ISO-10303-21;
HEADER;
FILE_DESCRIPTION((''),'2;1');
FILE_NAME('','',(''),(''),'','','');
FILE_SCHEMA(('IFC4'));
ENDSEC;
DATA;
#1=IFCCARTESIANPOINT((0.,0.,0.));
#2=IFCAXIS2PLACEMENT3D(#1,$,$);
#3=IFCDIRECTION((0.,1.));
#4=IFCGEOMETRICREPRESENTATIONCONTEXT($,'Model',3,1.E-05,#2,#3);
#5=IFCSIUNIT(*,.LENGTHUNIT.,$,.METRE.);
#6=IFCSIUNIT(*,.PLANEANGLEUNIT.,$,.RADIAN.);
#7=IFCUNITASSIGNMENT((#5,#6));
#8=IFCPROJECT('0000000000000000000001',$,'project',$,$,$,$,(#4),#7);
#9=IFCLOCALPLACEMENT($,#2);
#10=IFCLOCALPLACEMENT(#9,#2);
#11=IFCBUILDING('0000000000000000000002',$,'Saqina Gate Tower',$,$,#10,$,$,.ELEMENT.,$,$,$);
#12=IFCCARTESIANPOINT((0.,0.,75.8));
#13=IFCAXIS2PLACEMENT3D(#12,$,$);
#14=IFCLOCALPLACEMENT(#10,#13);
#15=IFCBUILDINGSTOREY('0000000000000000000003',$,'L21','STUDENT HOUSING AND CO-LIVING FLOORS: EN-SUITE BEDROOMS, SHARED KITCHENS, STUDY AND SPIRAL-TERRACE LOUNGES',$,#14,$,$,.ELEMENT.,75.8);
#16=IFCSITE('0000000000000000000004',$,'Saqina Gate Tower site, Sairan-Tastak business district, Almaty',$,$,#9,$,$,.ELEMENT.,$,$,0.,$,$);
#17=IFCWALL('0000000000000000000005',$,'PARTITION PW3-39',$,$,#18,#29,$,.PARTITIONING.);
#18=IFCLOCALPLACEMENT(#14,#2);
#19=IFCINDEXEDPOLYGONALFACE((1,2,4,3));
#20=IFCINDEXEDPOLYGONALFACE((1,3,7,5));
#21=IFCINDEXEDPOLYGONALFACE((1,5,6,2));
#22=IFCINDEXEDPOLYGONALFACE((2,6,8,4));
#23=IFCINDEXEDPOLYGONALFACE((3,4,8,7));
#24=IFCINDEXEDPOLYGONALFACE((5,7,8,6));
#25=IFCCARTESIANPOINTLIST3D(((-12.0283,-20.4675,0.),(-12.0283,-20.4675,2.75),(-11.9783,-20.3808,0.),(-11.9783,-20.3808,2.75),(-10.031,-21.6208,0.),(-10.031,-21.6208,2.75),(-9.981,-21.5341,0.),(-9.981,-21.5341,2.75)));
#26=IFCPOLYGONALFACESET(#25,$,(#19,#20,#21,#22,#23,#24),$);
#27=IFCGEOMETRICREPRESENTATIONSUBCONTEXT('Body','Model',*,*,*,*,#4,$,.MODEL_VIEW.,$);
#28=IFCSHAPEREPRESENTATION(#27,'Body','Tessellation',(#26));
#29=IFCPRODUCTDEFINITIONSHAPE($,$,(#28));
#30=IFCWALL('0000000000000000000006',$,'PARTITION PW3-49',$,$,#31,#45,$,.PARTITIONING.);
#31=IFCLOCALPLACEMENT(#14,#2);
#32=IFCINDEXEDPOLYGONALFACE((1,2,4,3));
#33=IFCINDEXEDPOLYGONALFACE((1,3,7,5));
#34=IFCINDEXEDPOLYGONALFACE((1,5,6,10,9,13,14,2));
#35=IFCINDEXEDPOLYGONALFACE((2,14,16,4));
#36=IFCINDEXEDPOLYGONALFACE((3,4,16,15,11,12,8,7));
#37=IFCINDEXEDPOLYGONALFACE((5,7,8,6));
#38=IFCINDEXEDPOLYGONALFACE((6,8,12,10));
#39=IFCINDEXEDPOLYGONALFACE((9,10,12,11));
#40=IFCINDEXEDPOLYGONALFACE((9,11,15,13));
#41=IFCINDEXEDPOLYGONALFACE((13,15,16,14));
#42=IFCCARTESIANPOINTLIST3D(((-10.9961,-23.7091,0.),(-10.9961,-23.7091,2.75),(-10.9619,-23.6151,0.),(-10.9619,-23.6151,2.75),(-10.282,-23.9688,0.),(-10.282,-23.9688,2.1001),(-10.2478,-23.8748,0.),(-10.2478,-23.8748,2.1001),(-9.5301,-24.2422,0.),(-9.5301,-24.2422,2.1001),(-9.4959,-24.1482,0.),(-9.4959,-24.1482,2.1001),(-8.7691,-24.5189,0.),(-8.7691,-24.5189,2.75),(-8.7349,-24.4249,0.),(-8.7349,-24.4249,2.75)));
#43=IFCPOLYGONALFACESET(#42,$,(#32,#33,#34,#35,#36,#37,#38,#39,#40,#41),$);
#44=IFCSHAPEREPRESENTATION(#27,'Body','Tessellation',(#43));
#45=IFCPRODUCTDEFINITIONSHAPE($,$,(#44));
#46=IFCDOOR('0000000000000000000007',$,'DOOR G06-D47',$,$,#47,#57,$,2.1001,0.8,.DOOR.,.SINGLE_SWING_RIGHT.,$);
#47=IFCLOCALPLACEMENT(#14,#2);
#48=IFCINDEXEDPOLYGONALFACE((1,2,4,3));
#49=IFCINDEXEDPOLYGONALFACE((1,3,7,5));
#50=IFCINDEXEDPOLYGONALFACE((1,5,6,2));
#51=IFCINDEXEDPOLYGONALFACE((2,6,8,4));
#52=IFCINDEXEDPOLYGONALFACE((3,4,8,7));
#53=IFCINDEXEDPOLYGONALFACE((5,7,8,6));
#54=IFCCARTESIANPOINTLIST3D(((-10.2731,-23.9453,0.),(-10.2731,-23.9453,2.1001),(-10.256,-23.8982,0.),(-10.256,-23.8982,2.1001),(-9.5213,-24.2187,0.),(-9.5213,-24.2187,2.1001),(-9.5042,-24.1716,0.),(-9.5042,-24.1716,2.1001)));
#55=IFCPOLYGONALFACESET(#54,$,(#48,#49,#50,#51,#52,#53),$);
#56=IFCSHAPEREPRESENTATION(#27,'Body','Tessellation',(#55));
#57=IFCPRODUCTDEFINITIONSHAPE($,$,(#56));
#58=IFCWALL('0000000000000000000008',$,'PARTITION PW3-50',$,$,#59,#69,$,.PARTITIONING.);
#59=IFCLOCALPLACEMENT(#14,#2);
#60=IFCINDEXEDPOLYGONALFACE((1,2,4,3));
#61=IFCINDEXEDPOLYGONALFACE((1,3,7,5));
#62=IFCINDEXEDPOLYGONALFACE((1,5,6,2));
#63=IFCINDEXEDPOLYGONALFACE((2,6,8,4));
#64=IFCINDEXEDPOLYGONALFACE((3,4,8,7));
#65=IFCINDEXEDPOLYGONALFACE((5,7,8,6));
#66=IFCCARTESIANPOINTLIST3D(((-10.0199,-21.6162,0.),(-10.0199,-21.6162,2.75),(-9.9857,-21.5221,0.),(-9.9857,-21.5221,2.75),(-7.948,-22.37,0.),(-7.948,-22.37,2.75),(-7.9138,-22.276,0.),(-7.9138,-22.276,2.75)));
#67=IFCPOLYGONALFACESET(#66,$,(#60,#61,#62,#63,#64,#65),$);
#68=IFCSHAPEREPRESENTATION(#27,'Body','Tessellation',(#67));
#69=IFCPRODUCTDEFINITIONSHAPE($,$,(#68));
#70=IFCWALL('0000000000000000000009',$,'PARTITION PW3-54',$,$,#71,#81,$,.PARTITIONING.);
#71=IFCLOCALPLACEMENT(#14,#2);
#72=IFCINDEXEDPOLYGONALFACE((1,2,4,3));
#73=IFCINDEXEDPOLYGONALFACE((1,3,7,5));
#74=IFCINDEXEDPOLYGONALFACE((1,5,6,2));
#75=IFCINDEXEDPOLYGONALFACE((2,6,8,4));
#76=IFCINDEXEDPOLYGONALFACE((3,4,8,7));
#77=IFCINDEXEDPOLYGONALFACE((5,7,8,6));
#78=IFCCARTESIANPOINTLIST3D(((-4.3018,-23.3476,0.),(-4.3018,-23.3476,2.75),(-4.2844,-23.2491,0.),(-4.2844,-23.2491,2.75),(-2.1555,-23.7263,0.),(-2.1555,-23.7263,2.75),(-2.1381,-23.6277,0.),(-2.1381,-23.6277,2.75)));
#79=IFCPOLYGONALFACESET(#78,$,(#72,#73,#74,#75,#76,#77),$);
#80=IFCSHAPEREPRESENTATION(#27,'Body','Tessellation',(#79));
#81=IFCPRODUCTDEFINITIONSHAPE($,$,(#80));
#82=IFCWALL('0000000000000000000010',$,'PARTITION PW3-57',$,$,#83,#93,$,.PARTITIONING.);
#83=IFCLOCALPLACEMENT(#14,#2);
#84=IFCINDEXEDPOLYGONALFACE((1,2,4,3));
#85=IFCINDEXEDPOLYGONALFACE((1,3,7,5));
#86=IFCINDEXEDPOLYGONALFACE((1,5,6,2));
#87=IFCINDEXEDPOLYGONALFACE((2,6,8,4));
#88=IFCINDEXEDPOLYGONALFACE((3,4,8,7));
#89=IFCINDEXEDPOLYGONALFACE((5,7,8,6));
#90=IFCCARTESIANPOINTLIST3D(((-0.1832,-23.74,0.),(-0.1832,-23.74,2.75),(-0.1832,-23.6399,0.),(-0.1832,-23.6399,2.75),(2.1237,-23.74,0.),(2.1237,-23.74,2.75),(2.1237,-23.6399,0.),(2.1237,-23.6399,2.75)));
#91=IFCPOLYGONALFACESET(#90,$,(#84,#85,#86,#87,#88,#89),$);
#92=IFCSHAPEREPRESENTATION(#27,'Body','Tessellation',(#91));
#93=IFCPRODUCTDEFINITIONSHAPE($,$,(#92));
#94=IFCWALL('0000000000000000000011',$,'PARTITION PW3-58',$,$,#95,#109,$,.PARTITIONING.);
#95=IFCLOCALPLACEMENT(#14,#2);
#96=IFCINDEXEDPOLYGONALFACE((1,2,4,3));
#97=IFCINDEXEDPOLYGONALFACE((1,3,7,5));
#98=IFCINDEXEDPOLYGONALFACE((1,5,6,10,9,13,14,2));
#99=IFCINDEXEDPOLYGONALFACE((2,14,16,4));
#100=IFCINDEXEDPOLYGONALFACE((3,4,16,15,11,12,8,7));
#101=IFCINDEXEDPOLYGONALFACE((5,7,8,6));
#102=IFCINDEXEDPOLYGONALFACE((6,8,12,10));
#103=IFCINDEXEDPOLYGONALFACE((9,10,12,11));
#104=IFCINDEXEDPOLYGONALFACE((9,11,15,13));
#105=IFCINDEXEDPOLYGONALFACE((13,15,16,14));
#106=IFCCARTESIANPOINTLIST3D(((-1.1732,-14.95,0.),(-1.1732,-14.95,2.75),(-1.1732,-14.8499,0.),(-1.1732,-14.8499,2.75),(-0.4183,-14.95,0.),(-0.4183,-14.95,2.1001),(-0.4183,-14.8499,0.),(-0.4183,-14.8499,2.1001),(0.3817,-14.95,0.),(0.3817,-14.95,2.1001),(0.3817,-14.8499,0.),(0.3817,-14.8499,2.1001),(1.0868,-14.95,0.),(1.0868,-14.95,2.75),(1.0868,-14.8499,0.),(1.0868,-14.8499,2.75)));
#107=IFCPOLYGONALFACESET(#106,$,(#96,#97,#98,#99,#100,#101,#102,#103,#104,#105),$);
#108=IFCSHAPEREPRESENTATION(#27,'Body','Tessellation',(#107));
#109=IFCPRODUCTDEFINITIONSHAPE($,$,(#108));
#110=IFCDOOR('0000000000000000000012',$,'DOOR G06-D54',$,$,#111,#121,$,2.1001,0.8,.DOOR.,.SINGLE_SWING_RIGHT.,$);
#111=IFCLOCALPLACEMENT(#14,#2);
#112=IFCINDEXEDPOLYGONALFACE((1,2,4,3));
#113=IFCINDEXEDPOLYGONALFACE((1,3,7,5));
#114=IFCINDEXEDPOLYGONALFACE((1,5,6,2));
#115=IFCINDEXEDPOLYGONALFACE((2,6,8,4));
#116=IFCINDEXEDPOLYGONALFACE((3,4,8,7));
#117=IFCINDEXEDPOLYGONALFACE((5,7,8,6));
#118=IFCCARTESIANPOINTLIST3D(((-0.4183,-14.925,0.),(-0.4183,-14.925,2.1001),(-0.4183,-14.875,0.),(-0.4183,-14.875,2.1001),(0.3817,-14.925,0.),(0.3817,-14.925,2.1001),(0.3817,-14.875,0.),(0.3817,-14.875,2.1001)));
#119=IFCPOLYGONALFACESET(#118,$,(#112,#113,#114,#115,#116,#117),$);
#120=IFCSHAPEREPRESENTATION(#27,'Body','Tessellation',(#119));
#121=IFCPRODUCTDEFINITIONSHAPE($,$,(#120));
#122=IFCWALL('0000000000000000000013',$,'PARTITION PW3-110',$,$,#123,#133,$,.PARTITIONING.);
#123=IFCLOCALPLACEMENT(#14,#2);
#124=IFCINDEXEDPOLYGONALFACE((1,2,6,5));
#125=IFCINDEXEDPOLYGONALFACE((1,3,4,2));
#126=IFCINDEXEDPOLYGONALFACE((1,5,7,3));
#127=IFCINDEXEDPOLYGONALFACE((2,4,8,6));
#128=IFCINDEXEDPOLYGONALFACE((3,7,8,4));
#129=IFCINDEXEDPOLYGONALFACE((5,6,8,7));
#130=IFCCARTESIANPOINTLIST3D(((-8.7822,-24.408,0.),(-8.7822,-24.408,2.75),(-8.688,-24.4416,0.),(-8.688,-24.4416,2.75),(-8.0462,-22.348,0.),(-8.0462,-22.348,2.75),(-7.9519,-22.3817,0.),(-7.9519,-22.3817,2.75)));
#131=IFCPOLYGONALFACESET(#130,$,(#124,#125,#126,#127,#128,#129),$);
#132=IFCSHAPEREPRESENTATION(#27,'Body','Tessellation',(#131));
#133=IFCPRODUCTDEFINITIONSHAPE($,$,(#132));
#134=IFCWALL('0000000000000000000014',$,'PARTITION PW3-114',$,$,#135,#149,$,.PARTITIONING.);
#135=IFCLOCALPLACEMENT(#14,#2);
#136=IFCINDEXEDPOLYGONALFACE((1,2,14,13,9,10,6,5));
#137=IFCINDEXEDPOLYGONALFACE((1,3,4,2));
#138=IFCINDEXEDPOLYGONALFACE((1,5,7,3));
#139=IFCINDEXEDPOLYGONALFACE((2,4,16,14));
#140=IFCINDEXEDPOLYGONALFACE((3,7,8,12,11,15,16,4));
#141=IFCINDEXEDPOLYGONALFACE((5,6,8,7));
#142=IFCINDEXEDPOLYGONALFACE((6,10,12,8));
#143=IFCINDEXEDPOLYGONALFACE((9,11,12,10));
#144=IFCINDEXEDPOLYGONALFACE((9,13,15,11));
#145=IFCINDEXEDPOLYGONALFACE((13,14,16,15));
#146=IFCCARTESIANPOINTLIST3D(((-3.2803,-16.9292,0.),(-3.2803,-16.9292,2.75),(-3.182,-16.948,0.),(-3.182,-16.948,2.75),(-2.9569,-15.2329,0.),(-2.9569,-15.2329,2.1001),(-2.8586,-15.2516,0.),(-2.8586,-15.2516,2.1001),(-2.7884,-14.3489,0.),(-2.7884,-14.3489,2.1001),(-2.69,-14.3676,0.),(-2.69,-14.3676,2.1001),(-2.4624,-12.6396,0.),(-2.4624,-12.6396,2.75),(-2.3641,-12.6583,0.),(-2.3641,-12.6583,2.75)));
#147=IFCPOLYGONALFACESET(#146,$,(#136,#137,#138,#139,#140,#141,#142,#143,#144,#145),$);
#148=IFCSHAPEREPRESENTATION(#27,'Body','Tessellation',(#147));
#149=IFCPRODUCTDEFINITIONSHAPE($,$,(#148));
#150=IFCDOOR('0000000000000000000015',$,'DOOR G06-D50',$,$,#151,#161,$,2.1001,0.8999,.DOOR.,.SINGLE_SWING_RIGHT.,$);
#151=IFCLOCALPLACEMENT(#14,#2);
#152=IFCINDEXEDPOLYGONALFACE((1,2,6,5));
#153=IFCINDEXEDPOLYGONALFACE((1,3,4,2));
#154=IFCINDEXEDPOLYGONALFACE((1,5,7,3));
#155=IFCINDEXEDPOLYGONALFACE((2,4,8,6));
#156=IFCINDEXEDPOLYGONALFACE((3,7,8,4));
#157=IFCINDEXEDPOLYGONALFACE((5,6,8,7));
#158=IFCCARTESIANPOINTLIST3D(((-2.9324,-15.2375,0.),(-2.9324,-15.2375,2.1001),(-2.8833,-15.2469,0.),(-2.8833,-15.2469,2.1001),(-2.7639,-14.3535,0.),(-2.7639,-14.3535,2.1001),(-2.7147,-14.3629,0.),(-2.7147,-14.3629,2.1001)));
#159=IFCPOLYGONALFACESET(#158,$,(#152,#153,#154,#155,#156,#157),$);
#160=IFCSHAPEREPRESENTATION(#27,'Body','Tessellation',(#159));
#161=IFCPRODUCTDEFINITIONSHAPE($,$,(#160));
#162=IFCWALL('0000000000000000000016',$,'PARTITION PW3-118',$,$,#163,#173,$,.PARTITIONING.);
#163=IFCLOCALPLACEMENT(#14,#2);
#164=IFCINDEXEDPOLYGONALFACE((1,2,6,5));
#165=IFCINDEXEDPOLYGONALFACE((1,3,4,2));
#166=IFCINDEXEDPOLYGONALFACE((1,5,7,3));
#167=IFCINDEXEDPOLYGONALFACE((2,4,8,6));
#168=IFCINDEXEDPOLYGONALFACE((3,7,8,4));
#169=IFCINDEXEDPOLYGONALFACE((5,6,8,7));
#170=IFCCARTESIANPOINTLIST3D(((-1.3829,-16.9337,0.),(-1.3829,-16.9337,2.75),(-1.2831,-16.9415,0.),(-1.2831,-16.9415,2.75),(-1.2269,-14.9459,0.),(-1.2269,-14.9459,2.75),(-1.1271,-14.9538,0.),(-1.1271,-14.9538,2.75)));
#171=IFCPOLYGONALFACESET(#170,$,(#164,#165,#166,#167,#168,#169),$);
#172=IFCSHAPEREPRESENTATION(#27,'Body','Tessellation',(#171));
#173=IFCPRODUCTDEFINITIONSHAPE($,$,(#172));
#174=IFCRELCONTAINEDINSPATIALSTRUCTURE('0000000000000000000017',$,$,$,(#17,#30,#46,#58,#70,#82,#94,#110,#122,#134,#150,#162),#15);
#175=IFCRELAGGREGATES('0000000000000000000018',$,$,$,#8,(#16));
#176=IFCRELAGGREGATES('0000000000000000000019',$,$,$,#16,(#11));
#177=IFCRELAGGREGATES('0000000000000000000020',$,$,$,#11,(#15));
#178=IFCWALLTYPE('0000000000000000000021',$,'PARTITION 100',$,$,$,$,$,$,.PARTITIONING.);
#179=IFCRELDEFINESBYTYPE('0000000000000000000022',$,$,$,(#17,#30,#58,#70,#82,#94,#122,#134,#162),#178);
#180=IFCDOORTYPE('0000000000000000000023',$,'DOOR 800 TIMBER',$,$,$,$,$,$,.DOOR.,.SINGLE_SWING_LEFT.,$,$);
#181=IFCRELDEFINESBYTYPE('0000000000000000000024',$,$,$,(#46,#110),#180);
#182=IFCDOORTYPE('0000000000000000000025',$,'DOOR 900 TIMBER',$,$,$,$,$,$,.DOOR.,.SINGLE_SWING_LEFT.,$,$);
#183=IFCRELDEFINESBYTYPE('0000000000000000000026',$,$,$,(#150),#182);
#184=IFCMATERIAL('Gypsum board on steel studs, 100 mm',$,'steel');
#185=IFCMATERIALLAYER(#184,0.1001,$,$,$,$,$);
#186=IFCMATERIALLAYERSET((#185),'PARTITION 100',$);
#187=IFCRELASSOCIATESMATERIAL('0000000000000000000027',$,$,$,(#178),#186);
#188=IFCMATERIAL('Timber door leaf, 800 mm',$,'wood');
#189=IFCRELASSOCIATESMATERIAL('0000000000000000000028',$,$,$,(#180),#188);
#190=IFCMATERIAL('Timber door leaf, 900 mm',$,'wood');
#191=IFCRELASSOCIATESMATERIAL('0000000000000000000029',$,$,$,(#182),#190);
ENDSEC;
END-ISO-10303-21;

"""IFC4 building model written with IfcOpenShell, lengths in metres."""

from ifc_helpers import new_model, si_unit, direction, frame, frame_2d, origin, place, context, subcontext, project, spatial, rectangle, extrude, material, layer, layer_set, type_object, element, fill, save


model = new_model("IFC4")

# Units and contexts
model_context = context("Model", 3, precision=1e-05, world=origin(), true_north=direction((0.0, 1.0)))
body_context = subcontext(model_context, "Body", "Model", "MODEL_VIEW")
ifc_project = project(units=[si_unit("LENGTHUNIT", "METRE"), si_unit("PLANEANGLEUNIT", "RADIAN")], contexts=[model_context])

# Site, building, storey
site_placement = place(None, origin())
site = spatial("IfcSite", under=ifc_project, at=site_placement, Name="Saqina Gate Tower site, Sairan-Tastak business district, Almaty", CompositionType="ELEMENT", RefElevation=0.0)
building_placement = place(site_placement, origin())
building = spatial("IfcBuilding", under=site, at=building_placement, Name="Saqina Gate Tower", CompositionType="ELEMENT")
storey_placement = place(building_placement, frame((0.0, 0.0, 75.8)))
storey = spatial("IfcBuildingStorey", under=building, at=storey_placement, Name="L21", Description="STUDENT HOUSING AND CO-LIVING FLOORS: EN-SUITE BEDROOMS, SHARED KITCHENS, STUDY AND SPIRAL-TERRACE LOUNGES", CompositionType="ELEMENT", Elevation=75.8)

# Wall
ifc_material_1 = material(Name="Gypsum board on steel studs, 100 mm", Category="steel")
ifc_layer_1 = layer(ifc_material_1, 0.1001)
ifc_layer_set_1 = layer_set([ifc_layer_1], Name="PARTITION 100")
wall_type_1 = type_object("IfcWallType", Name="PARTITION 100", PredefinedType="PARTITIONING", material=ifc_layer_set_1)
wall_1_placement = place(storey_placement, frame((-12.0034, -20.4241, 0.0), z_axis=(0.0, 0.0, 1.0), x_axis=(0.865993, -0.500055, 0.0)))
element("IfcWall", 1, at=wall_1_placement, inside=storey, type_object=wall_type_1, Name="PARTITION PW3-39", PredefinedType="PARTITIONING", context=body_context, shape_type="SweptSolid", body=[
    extrude(rectangle(XDim=2.3064, YDim=0.1001, at=frame_2d((1.1533, 0.0))), origin(), (0.0, 0.0, 1.0), 2.75),
])

# Wall, opening, door
wall_2_placement = place(storey_placement, frame((-10.979, -23.6621, 0.0), z_axis=(0.0, 0.0, 1.0), x_axis=(0.939796, -0.341735, 0.0)))
wall_2 = element("IfcWall", 2, at=wall_2_placement, inside=storey, type_object=wall_type_1, Name="PARTITION PW3-49", PredefinedType="PARTITIONING", context=body_context, shape_type="SweptSolid", body=[
    extrude(rectangle(XDim=2.3696, YDim=0.1001, at=frame_2d((1.1848, 0.0))), origin(), (0.0, 0.0, 1.0), 2.75),
])
opening_1_placement = place(wall_2_placement, frame((0.76, 0.0, 0.0)))
opening_1 = element("IfcOpeningElement", 3, at=opening_1_placement, cuts=wall_2, PredefinedType="OPENING", context=body_context, shape_type="SweptSolid", body=[
    extrude(rectangle(XDim=0.8, YDim=2.1001, at=frame_2d((0.3999, 1.05))), frame((0.0, 0.062, 0.0), z_axis=(0.0, -1.0, 0.0), x_axis=(1.0, 0.0, 0.0)), (0.0, 0.0, 1.0), 0.124),
])
ifc_material_2 = material(Name="Timber door leaf, 800 mm", Category="wood")
door_type_1 = type_object("IfcDoorType", Name="DOOR 800 TIMBER", OperationType="SINGLE_SWING_LEFT", PredefinedType="DOOR", material=ifc_material_2)
door_1_placement = place(opening_1_placement, frame((0.8, 0.0, 0.0), z_axis=(0.0, 0.0, 1.0), x_axis=(-1.0, 0.0, 0.0)))
door_1 = element("IfcDoor", 4, at=door_1_placement, inside=storey, type_object=door_type_1, Name="DOOR G06-D47", OperationType="SINGLE_SWING_RIGHT", OverallHeight=2.1001, OverallWidth=0.8, PredefinedType="DOOR", context=body_context, shape_type="SweptSolid", body=[
    extrude(rectangle(XDim=0.8, YDim=2.1001, at=frame_2d((0.3999, 1.05))), frame((0.0, 0.0249, 0.0), z_axis=(0.0, -1.0, 0.0), x_axis=(1.0, 0.0, 0.0)), (0.0, 0.0, 1.0), 0.05),
])
fill(opening_1, door_1)

# Walls
wall_3_placement = place(storey_placement, frame((-10.0029, -21.5691, 0.0), z_axis=(0.0, 0.0, 1.0), x_axis=(0.939729, -0.341921, 0.0)))
element("IfcWall", 5, at=wall_3_placement, inside=storey, type_object=wall_type_1, Name="PARTITION PW3-50", PredefinedType="PARTITIONING", context=body_context, shape_type="SweptSolid", body=[
    extrude(rectangle(XDim=2.2048, YDim=0.1001, at=frame_2d((1.1025, 0.0))), origin(), (0.0, 0.0, 1.0), 2.75),
])
wall_4_placement = place(storey_placement, frame((-4.2932, -23.2983, 0.0), z_axis=(0.0, 0.0, 1.0), x_axis=(0.98479, -0.173747, 0.0)))
element("IfcWall", 6, at=wall_4_placement, inside=storey, type_object=wall_type_1, Name="PARTITION PW3-54", PredefinedType="PARTITIONING", context=body_context, shape_type="SweptSolid", body=[
    extrude(rectangle(XDim=2.1794, YDim=0.1001, at=frame_2d((1.0898, 0.0))), origin(), (0.0, 0.0, 1.0), 2.75),
])
wall_5_placement = place(storey_placement, frame((-0.1831, -23.6899, 0.0), z_axis=(0.0, 0.0, 1.0), x_axis=(1.0, 0.0, 0.0)))
element("IfcWall", 7, at=wall_5_placement, inside=storey, type_object=wall_type_1, Name="PARTITION PW3-57", PredefinedType="PARTITIONING", context=body_context, shape_type="SweptSolid", body=[
    extrude(rectangle(XDim=2.3069, YDim=0.1001, at=frame_2d((1.1533, 0.0))), origin(), (0.0, 0.0, 1.0), 2.75),
])

# Wall, opening, door
wall_6_placement = place(storey_placement, frame((-1.1731, -14.8999, 0.0), z_axis=(0.0, 0.0, 1.0), x_axis=(1.0, 0.0, 0.0)))
wall_6 = element("IfcWall", 8, at=wall_6_placement, inside=storey, type_object=wall_type_1, Name="PARTITION PW3-58", PredefinedType="PARTITIONING", context=body_context, shape_type="SweptSolid", body=[
    extrude(rectangle(XDim=2.26, YDim=0.1001, at=frame_2d((1.1299, 0.0))), origin(), (0.0, 0.0, 1.0), 2.75),
])
opening_2_placement = place(wall_6_placement, frame((0.7549, 0.0, 0.0)))
opening_2 = element("IfcOpeningElement", 9, at=opening_2_placement, cuts=wall_6, PredefinedType="OPENING", context=body_context, shape_type="SweptSolid", body=[
    extrude(rectangle(XDim=0.8, YDim=2.1001, at=frame_2d((0.3999, 1.05))), frame((0.0, 0.062, 0.0), z_axis=(0.0, -1.0, 0.0), x_axis=(1.0, 0.0, 0.0)), (0.0, 0.0, 1.0), 0.124),
])
door_2_placement = place(opening_2_placement, origin())
door_2 = element("IfcDoor", 10, at=door_2_placement, inside=storey, type_object=door_type_1, Name="DOOR G06-D54", OperationType="SINGLE_SWING_RIGHT", OverallHeight=2.1001, OverallWidth=0.8, PredefinedType="DOOR", context=body_context, shape_type="SweptSolid", body=[
    extrude(rectangle(XDim=0.8, YDim=2.1001, at=frame_2d((0.3999, 1.05))), frame((0.0, 0.0249, 0.0), z_axis=(0.0, -1.0, 0.0), x_axis=(1.0, 0.0, 0.0)), (0.0, 0.0, 1.0), 0.05),
])
fill(opening_2, door_2)

# Wall
wall_7_placement = place(storey_placement, frame((-8.7351, -24.4248, 0.0), z_axis=(0.0, 0.0, 1.0), x_axis=(0.336478, 0.941691, 0.0)))
element("IfcWall", 11, at=wall_7_placement, inside=storey, type_object=wall_type_1, Name="PARTITION PW3-110", PredefinedType="PARTITIONING", context=body_context, shape_type="SweptSolid", body=[
    extrude(rectangle(XDim=2.1875, YDim=0.1001, at=frame_2d((1.0938, 0.0))), origin(), (0.0, 0.0, 1.0), 2.75),
])

# Wall, opening, door
wall_8_placement = place(storey_placement, frame((-3.2312, -16.9387, 0.0), z_axis=(0.0, 0.0, 1.0), x_axis=(0.187292, 0.982304, 0.0)))
wall_8 = element("IfcWall", 12, at=wall_8_placement, inside=storey, type_object=wall_type_1, Name="PARTITION PW3-114", PredefinedType="PARTITIONING", context=body_context, shape_type="SweptSolid", body=[
    extrude(rectangle(XDim=4.3669, YDim=0.1001, at=frame_2d((2.1836, 0.0))), origin(), (0.0, 0.0, 1.0), 2.75),
])
opening_3_placement = place(wall_8_placement, frame((1.7271, 0.0, 0.0)))
opening_3 = element("IfcOpeningElement", 13, at=opening_3_placement, cuts=wall_8, PredefinedType="OPENING", context=body_context, shape_type="SweptSolid", body=[
    extrude(rectangle(XDim=0.8999, YDim=2.1001, at=frame_2d((0.45, 1.05))), frame((0.0, 0.062, 0.0), z_axis=(0.0, -1.0, 0.0), x_axis=(1.0, 0.0, 0.0)), (0.0, 0.0, 1.0), 0.124),
])
ifc_material_3 = material(Name="Timber door leaf, 900 mm", Category="wood")
door_type_2 = type_object("IfcDoorType", Name="DOOR 900 TIMBER", OperationType="SINGLE_SWING_LEFT", PredefinedType="DOOR", material=ifc_material_3)
door_3_placement = place(opening_3_placement, frame((0.8999, 0.0, 0.0), z_axis=(0.0, 0.0, 1.0), x_axis=(-1.0, 0.0, 0.0)))
door_3 = element("IfcDoor", 14, at=door_3_placement, inside=storey, type_object=door_type_2, Name="DOOR G06-D50", OperationType="SINGLE_SWING_RIGHT", OverallHeight=2.1001, OverallWidth=0.8999, PredefinedType="DOOR", context=body_context, shape_type="SweptSolid", body=[
    extrude(rectangle(XDim=0.8999, YDim=2.1001, at=frame_2d((0.45, 1.05))), frame((0.0, 0.0249, 0.0), z_axis=(0.0, -1.0, 0.0), x_axis=(1.0, 0.0, 0.0)), (0.0, 0.0, 1.0), 0.05),
])
fill(opening_3, door_3)

# Wall
wall_9_placement = place(storey_placement, frame((-1.333, -16.9377, 0.0), z_axis=(0.0, 0.0, 1.0), x_axis=(0.078241, 0.996934, 0.0)))
element("IfcWall", 15, at=wall_9_placement, inside=storey, type_object=wall_type_1, Name="PARTITION PW3-118", PredefinedType="PARTITIONING", context=body_context, shape_type="SweptSolid", body=[
    extrude(rectangle(XDim=1.9939, YDim=0.1001, at=frame_2d((0.9971, 0.0))), origin(), (0.0, 0.0, 1.0), 2.75),
])

save(model, "model.ifc")
